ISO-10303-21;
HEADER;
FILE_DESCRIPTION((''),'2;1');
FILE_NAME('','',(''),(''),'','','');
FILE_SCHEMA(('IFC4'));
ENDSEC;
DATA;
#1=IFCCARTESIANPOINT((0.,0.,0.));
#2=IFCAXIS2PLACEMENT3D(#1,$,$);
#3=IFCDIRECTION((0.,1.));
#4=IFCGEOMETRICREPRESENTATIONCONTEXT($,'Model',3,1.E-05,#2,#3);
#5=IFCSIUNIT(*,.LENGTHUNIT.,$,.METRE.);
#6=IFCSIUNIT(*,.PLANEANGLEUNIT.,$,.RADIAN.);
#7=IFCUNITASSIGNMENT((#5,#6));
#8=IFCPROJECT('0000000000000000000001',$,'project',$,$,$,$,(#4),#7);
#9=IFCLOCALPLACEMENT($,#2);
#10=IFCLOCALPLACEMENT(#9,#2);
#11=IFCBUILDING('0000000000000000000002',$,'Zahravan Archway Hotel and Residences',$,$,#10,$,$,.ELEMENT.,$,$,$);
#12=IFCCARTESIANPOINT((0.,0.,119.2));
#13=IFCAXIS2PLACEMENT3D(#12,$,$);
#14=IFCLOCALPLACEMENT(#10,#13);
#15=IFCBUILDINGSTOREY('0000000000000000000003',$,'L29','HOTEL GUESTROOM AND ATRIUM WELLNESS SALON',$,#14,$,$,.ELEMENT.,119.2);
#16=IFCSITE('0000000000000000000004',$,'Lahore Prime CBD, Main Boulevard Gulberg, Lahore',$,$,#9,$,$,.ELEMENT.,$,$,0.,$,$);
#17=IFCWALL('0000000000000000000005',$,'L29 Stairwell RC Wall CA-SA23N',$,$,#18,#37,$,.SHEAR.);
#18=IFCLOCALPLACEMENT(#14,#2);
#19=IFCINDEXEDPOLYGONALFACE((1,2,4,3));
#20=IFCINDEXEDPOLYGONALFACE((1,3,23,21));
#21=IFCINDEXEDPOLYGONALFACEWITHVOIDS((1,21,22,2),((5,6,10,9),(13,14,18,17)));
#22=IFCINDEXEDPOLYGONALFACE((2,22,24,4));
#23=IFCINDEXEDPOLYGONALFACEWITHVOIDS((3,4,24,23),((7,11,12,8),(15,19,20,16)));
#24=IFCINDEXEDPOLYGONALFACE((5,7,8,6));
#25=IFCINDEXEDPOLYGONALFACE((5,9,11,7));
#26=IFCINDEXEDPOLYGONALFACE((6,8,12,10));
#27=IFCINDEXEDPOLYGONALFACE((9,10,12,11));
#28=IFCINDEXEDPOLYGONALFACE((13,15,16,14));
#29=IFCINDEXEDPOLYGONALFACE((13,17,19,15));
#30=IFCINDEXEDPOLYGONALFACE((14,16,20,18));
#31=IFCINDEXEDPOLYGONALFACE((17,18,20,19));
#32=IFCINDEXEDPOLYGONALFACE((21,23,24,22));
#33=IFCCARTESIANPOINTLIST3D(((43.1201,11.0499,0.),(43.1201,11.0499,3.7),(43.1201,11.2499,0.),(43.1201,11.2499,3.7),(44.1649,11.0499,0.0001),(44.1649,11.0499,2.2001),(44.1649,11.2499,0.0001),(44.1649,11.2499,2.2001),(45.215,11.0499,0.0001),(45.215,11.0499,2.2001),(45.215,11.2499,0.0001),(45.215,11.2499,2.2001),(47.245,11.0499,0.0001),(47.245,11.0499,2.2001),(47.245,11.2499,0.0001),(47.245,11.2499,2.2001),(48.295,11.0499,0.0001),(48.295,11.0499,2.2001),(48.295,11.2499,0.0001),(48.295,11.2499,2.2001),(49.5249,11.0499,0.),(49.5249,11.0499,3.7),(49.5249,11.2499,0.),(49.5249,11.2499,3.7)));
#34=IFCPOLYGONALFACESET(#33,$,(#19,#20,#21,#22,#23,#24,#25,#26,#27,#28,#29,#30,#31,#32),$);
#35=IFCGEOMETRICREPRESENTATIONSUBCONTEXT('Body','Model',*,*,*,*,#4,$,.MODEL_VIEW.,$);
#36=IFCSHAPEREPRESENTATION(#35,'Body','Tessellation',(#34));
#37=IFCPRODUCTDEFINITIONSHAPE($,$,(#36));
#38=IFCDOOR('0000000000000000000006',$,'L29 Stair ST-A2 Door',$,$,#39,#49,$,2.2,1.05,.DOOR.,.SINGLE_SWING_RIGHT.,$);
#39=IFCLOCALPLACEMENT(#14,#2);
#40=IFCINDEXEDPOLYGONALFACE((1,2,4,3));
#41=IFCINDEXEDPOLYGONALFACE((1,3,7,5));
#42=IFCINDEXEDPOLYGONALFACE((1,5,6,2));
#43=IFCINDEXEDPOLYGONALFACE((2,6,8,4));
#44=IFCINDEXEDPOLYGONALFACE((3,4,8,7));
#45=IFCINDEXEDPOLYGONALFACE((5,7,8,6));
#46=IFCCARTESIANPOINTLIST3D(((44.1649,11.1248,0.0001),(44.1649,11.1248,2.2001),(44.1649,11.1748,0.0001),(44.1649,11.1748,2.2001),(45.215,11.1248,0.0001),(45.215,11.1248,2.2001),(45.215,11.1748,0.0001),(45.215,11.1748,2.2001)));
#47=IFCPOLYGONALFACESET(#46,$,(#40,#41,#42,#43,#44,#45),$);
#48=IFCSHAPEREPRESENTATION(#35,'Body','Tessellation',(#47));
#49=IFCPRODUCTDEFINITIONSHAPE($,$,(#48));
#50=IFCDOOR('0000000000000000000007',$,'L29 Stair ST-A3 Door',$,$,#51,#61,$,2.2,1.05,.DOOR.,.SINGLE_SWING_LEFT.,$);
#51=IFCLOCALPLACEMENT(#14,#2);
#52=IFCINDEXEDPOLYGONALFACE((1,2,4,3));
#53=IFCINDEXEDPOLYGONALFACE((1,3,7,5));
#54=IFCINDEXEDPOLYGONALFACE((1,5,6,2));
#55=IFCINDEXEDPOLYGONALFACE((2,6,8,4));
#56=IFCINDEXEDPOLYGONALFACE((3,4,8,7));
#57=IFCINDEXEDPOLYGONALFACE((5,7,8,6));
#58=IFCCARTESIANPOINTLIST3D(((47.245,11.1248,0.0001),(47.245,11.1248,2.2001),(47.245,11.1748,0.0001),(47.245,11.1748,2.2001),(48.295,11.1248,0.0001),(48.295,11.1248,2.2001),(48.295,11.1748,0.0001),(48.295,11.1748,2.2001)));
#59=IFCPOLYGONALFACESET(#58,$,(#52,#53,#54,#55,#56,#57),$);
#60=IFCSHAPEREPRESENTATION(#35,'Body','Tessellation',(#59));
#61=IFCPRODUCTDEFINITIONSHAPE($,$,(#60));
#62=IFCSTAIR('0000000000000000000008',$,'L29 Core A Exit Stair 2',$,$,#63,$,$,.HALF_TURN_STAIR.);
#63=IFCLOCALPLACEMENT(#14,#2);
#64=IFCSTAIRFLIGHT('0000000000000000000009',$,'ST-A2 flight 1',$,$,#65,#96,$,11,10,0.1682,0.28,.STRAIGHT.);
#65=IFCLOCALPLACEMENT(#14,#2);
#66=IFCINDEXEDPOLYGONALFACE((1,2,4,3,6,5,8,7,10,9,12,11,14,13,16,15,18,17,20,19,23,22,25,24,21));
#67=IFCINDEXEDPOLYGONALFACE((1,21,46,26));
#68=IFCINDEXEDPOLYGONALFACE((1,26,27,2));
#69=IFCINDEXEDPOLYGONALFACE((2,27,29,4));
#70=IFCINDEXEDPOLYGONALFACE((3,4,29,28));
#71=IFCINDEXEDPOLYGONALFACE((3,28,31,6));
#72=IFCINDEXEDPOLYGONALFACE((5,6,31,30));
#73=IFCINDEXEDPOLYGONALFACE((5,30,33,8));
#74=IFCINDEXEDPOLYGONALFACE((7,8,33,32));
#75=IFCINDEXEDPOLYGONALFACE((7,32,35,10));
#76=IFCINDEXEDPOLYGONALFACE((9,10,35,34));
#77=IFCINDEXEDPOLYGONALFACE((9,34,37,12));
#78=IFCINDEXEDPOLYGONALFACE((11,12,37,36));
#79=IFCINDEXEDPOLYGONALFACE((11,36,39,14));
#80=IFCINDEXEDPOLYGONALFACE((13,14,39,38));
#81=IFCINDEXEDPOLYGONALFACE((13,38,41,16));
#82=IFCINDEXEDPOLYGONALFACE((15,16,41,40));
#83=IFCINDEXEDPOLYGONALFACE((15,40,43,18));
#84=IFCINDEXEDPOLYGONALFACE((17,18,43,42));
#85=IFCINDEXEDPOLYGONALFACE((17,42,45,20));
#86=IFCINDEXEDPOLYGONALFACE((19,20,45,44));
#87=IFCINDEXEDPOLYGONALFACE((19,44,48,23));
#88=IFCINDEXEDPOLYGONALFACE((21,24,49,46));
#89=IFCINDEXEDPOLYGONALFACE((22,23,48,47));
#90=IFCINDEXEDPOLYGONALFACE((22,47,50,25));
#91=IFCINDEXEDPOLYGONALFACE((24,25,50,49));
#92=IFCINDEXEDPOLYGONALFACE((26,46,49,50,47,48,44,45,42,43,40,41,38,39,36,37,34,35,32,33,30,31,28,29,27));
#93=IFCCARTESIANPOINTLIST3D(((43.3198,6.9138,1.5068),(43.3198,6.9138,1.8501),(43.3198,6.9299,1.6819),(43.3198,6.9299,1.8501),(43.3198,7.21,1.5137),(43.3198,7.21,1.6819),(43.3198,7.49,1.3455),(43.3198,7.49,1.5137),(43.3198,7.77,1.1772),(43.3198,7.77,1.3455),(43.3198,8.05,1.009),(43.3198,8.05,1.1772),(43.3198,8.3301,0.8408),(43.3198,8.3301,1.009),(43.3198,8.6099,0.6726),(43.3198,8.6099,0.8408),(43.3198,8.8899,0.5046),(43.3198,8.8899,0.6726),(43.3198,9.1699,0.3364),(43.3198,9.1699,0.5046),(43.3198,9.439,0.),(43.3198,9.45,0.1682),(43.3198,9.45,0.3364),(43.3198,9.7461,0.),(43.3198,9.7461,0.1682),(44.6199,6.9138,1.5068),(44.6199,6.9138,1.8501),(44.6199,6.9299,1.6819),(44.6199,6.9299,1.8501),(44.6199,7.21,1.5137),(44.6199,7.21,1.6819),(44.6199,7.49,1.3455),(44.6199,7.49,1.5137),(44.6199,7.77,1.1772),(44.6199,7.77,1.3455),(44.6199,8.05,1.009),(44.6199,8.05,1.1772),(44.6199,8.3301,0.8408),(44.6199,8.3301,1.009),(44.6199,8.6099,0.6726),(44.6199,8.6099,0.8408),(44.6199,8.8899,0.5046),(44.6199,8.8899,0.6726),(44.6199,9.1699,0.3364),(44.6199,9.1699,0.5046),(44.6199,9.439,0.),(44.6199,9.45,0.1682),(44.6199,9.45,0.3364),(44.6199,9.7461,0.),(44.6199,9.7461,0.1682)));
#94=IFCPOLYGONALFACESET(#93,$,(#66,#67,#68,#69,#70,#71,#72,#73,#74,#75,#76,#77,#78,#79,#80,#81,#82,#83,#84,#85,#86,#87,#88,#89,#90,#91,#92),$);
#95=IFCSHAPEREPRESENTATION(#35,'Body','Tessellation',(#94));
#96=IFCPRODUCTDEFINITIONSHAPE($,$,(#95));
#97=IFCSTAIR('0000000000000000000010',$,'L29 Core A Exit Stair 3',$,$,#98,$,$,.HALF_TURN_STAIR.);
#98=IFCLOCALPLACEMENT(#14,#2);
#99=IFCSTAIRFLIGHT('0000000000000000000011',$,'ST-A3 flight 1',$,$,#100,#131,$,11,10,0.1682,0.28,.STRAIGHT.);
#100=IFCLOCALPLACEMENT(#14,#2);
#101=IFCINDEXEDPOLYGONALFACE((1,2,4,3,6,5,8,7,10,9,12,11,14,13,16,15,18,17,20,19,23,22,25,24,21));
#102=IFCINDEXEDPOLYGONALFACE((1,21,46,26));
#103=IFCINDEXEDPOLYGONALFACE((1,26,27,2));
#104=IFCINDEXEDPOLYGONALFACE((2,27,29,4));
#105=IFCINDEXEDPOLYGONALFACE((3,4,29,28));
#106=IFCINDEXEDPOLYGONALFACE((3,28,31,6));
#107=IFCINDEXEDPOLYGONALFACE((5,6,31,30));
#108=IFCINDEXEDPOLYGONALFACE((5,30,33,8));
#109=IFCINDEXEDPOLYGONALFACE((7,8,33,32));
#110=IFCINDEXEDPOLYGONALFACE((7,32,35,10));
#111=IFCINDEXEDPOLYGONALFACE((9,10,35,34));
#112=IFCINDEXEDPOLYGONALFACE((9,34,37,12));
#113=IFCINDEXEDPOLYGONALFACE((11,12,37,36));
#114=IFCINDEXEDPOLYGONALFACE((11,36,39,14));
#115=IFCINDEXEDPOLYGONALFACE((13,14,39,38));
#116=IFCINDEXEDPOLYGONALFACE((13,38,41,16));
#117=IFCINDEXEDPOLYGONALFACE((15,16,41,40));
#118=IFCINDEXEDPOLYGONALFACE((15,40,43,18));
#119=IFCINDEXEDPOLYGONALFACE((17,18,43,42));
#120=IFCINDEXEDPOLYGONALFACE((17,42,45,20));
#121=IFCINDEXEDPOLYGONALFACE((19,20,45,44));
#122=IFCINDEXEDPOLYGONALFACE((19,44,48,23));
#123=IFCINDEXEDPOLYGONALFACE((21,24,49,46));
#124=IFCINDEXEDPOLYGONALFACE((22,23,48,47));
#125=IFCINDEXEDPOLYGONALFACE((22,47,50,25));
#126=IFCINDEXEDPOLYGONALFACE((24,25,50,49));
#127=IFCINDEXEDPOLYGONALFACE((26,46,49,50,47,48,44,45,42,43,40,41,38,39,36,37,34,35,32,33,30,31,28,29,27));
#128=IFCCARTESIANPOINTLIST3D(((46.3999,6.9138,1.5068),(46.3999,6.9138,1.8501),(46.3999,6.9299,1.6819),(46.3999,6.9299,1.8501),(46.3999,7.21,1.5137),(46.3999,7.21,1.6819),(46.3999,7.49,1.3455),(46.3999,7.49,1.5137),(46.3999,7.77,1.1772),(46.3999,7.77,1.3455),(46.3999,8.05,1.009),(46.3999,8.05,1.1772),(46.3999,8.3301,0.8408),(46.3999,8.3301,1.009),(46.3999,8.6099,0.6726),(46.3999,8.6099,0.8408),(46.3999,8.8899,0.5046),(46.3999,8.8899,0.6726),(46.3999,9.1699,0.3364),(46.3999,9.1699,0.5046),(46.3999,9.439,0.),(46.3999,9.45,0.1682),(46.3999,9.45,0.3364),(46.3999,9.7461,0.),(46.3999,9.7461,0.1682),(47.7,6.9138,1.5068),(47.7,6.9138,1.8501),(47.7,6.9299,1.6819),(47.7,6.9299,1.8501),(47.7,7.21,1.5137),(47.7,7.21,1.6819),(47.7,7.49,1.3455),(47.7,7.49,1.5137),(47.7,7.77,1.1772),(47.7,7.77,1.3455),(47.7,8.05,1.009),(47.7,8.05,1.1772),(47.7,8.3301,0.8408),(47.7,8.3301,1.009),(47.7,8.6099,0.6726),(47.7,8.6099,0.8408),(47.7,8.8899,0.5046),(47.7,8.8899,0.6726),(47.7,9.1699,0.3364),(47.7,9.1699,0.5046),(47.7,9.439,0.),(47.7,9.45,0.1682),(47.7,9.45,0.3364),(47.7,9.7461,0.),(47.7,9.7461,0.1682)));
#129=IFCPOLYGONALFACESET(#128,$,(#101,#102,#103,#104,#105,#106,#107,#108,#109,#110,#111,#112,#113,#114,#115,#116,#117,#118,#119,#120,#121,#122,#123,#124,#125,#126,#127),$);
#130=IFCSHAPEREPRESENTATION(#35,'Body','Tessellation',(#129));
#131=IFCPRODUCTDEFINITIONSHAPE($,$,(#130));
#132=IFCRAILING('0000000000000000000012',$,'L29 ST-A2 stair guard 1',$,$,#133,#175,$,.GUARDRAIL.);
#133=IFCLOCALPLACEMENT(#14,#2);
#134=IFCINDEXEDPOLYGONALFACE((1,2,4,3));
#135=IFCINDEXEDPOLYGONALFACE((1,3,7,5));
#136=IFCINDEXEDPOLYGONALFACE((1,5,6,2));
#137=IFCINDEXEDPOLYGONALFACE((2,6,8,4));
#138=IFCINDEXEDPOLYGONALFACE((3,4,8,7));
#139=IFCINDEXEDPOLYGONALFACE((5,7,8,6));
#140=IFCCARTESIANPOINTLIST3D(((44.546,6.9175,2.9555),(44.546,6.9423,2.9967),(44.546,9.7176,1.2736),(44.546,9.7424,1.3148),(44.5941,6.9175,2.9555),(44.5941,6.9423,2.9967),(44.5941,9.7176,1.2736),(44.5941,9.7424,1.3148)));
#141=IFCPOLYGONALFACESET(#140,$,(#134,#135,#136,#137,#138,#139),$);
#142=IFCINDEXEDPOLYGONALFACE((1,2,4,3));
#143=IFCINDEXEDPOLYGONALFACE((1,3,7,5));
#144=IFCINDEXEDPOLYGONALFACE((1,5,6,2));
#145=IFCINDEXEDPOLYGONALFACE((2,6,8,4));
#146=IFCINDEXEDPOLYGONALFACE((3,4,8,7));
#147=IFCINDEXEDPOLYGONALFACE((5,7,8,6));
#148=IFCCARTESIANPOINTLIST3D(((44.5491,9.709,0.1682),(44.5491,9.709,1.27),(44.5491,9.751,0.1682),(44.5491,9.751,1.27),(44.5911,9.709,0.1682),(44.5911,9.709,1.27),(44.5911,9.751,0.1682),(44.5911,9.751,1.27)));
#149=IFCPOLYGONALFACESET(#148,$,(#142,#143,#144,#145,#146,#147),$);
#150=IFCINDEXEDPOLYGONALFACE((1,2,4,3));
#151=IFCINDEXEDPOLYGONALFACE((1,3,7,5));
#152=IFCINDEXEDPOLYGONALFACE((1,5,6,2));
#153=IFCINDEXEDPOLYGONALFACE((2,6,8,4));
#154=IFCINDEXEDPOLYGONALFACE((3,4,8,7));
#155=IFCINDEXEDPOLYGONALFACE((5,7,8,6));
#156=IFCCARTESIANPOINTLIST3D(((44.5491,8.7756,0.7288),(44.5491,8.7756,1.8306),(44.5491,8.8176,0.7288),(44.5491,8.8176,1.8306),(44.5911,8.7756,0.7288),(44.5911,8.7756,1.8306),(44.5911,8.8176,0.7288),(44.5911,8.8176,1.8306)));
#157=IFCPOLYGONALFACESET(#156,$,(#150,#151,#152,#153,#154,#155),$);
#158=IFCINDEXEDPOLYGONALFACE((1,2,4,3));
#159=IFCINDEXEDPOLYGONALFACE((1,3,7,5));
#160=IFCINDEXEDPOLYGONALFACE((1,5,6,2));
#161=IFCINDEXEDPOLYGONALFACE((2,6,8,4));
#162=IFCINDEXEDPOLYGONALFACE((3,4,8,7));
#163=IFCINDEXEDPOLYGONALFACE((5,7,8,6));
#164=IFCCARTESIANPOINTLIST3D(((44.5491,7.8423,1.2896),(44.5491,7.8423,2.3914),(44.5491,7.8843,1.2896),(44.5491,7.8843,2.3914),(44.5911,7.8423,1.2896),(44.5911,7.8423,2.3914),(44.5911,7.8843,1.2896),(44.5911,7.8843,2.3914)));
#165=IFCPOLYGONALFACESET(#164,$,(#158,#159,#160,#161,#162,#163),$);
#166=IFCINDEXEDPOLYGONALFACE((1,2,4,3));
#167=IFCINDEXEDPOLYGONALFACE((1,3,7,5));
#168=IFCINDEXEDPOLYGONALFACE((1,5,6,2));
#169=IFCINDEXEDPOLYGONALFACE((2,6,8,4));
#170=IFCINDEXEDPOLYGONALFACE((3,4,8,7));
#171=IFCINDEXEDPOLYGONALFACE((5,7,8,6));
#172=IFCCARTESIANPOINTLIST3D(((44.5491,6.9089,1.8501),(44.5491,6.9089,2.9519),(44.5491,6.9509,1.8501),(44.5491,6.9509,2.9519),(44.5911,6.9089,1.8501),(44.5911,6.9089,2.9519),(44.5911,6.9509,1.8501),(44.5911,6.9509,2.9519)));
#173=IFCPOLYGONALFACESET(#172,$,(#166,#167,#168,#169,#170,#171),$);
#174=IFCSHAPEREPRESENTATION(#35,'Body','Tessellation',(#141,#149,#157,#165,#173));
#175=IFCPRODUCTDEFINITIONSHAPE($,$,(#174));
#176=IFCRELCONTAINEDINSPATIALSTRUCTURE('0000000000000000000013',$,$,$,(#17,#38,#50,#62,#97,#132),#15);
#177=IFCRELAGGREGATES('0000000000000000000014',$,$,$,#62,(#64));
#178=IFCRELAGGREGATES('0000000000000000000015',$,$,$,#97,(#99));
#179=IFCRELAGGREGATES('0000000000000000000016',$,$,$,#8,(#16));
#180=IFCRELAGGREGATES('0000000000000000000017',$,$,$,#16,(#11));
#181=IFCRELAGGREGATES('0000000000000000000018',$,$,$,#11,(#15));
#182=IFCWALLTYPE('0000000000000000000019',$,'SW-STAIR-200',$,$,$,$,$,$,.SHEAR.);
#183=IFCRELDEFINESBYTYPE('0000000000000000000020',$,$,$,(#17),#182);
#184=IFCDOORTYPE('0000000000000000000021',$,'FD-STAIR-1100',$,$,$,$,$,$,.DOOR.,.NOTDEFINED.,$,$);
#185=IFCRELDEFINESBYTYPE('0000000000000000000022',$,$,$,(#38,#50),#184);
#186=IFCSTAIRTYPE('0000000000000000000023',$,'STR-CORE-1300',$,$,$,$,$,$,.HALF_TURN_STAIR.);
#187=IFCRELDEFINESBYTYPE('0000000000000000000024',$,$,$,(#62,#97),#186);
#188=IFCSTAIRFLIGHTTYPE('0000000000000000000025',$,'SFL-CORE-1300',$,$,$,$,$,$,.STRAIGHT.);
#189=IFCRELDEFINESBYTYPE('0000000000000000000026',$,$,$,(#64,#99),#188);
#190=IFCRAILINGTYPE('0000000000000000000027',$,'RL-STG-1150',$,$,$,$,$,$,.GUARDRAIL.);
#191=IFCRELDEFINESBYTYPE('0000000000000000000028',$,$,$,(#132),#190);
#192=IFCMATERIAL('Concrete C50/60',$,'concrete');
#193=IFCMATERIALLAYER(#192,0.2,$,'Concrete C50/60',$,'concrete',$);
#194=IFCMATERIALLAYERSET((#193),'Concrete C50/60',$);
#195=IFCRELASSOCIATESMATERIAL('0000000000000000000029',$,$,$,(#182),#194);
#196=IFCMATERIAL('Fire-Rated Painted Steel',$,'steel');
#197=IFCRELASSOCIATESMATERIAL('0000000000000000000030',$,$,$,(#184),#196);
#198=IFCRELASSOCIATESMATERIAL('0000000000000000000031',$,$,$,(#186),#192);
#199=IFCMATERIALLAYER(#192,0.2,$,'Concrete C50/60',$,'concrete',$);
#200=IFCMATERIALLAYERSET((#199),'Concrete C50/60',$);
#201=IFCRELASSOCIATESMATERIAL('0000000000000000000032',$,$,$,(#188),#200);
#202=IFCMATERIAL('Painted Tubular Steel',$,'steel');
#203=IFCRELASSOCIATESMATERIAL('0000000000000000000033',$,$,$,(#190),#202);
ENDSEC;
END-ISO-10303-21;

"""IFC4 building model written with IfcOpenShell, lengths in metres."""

from ifc_helpers import new_model, si_unit, direction, frame, frame_2d, origin, origin_2d, place, context, subcontext, project, spatial, polyline, rectangle, outline, extrude, source, transform, mapped, material, layer, layer_set, type_object, type_shapes, element, fill, aggregate, save


model = new_model("IFC4")

# Units and contexts
model_context = context("Model", 3, precision=1e-05, world=origin(), true_north=direction((0.0, 1.0)))
body_context = subcontext(model_context, "Body", "Model", "MODEL_VIEW")
ifc_project = project(units=[si_unit("LENGTHUNIT", "METRE"), si_unit("PLANEANGLEUNIT", "RADIAN")], contexts=[model_context])

# Site, building, storey
site_placement = place(None, origin())
site = spatial("IfcSite", under=ifc_project, at=site_placement, Name="Lahore Prime CBD, Main Boulevard Gulberg, Lahore", CompositionType="ELEMENT", RefElevation=0.0)
building_placement = place(site_placement, origin())
building = spatial("IfcBuilding", under=site, at=building_placement, Name="Zahravan Archway Hotel and Residences", CompositionType="ELEMENT")
storey_placement = place(building_placement, frame((0.0, 0.0, 119.2)))
storey = spatial("IfcBuildingStorey", under=building, at=storey_placement, Name="L29", Description="HOTEL GUESTROOM AND ATRIUM WELLNESS SALON", CompositionType="ELEMENT", Elevation=119.2)

# Shared definitions
ifc_material_1 = material(Name="Fire-Rated Painted Steel", Category="steel")

# Wall, openings, doors
ifc_material_2 = material(Name="Concrete C50/60", Category="concrete")
ifc_layer_1 = layer(ifc_material_2, 0.2, Name="Concrete C50/60", Category="concrete")
ifc_layer_set_1 = layer_set([ifc_layer_1], Name="Concrete C50/60")
wall_type_1 = type_object("IfcWallType", Name="SW-STAIR-200", PredefinedType="SHEAR", material=ifc_layer_set_1)
wall_1_placement = place(storey_placement, frame((43.1201, 11.1499, 0.0), z_axis=(0.0, 0.0, 1.0), x_axis=(1.0, 0.0, 0.0)))
wall_1 = element("IfcWall", 1, at=wall_1_placement, inside=storey, type_object=wall_type_1, Name="L29 Stairwell RC Wall CA-SA23N", PredefinedType="SHEAR", context=body_context, shape_type="SweptSolid", body=[
    extrude(rectangle(XDim=6.4048, YDim=0.2, at=frame_2d((3.2024, 0.0))), origin(), (0.0, 0.0, 1.0), 3.7),
])
opening_1_placement = place(wall_1_placement, frame((1.0449, 0.0, 0.0)))
opening_1 = element("IfcOpeningElement", 2, at=opening_1_placement, cuts=wall_1, PredefinedType="OPENING", context=body_context, shape_type="SweptSolid", body=[
    extrude(rectangle(XDim=1.05, YDim=2.2, at=frame_2d((0.5249, 1.1001))), frame((0.0, 0.1099, 0.0), z_axis=(0.0, -1.0, 0.0), x_axis=(1.0, 0.0, 0.0)), (0.0, 0.0, 1.0), 0.22),
])
opening_2_placement = place(wall_1_placement, frame((4.125, 0.0, 0.0)))
opening_2 = element("IfcOpeningElement", 3, at=opening_2_placement, cuts=wall_1, PredefinedType="OPENING", context=body_context, shape_type="SweptSolid", body=[
    extrude(rectangle(XDim=1.05, YDim=2.2, at=frame_2d((0.5249, 1.1001))), frame((0.0, 0.1099, 0.0), z_axis=(0.0, -1.0, 0.0), x_axis=(1.0, 0.0, 0.0)), (0.0, 0.0, 1.0), 0.22),
])
door_type_1 = type_object("IfcDoorType", Name="FD-STAIR-1100", OperationType="NOTDEFINED", PredefinedType="DOOR", material=ifc_material_1)
shared_shape_1 = source(origin(), body_context, "Body", "SweptSolid", [
    extrude(rectangle(XDim=1.05, YDim=2.2, at=frame_2d((0.5249, 1.1001))), frame((0.0, 0.0249, 0.0), z_axis=(0.0, -1.0, 0.0), x_axis=(1.0, 0.0, 0.0)), (0.0, 0.0, 1.0), 0.05),
])
type_shapes(door_type_1, [shared_shape_1])
door_1_placement = place(opening_1_placement, origin())
door_1 = element("IfcDoor", 4, at=door_1_placement, inside=storey, type_object=door_type_1, Name="L29 Stair ST-A2 Door", OperationType="SINGLE_SWING_RIGHT", OverallHeight=2.2, OverallWidth=1.05, PredefinedType="DOOR", context=body_context, shape_type="MappedRepresentation", body=[
    mapped(shared_shape_1, transform((0.0, 0.0, 0.0), scale=1.0)),
])
fill(opening_1, door_1)
door_2_placement = place(opening_2_placement, origin())
door_2 = element("IfcDoor", 5, at=door_2_placement, inside=storey, type_object=door_type_1, Name="L29 Stair ST-A3 Door", OperationType="SINGLE_SWING_LEFT", OverallHeight=2.2, OverallWidth=1.05, PredefinedType="DOOR", context=body_context, shape_type="MappedRepresentation", body=[
    mapped(shared_shape_1, transform((0.0, 0.0, 0.0), scale=1.0)),
])
fill(opening_2, door_2)

# Stairs, stair flights
stair_type = type_object("IfcStairType", Name="STR-CORE-1300", PredefinedType="HALF_TURN_STAIR", material=ifc_material_2)
stair_1_placement = place(storey_placement, origin())
stair_1 = element("IfcStair", 6, at=stair_1_placement, inside=storey, type_object=stair_type, Name="L29 Core A Exit Stair 2", PredefinedType="HALF_TURN_STAIR")
ifc_layer_2 = layer(ifc_material_2, 0.2, Name="Concrete C50/60", Category="concrete")
ifc_layer_set_2 = layer_set([ifc_layer_2], Name="Concrete C50/60")
stair_flight_type = type_object("IfcStairFlightType", Name="SFL-CORE-1300", PredefinedType="STRAIGHT", material=ifc_layer_set_2)
shared_shape_2 = source(origin(), body_context, "Body", "SweptSolid", [
    extrude(outline(polyline([(-0.0161, 0.0), (-0.0161, 0.1682), (0.28, 0.1682), (0.28, 0.3364), (0.5601, 0.3364), (0.5601, 0.5046), (0.8401, 0.5046), (0.8401, 0.6726), (1.1201, 0.6726), (1.1201, 0.8408), (1.3999, 0.8408), (1.3999, 1.009), (1.6799, 1.009), (1.6799, 1.1772), (1.96, 1.1772), (1.96, 1.3455), (2.24, 1.3455), (2.24, 1.5137), (2.52, 1.5137), (2.52, 1.6819), (2.8, 1.6819), (2.8, 1.8501), (2.8162, 1.8501), (2.8162, 1.5068), (0.291, 0.0), (-0.0161, 0.0)])), frame((0.0, 0.6499, 0.0), z_axis=(0.0, -1.0, 0.0), x_axis=(1.0, 0.0, 0.0)), (0.0, 0.0, 1.0), 1.3),
])
stair_flight_1_placement = place(storey_placement, frame((43.97, 9.73, 0.0), z_axis=(0.0, 0.0, 1.0), x_axis=(0.0, -1.0, 0.0)))
stair_flight_1 = element("IfcStairFlight", 7, at=stair_flight_1_placement, type_object=stair_flight_type, Name="ST-A2 flight 1", NumberOfRisers=11, NumberOfTreads=10, PredefinedType="STRAIGHT", RiserHeight=0.1682, TreadLength=0.28, context=body_context, shape_type="MappedRepresentation", body=[
    mapped(shared_shape_2, transform((0.0, 0.0, 0.0), scale=1.0)),
])
aggregate(stair_1, [stair_flight_1])
stair_2_placement = place(storey_placement, origin())
stair_2 = element("IfcStair", 8, at=stair_2_placement, inside=storey, type_object=stair_type, Name="L29 Core A Exit Stair 3", PredefinedType="HALF_TURN_STAIR")
stair_flight_2_placement = place(storey_placement, frame((47.05, 9.73, 0.0), z_axis=(0.0, 0.0, 1.0), x_axis=(0.0, -1.0, 0.0)))
stair_flight_2 = element("IfcStairFlight", 9, at=stair_flight_2_placement, type_object=stair_flight_type, Name="ST-A3 flight 1", NumberOfRisers=11, NumberOfTreads=10, PredefinedType="STRAIGHT", RiserHeight=0.1682, TreadLength=0.28, context=body_context, shape_type="MappedRepresentation", body=[
    mapped(shared_shape_2, transform((0.0, 0.0, 0.0), scale=1.0)),
])
aggregate(stair_2, [stair_flight_2])

# Railing
ifc_material_3 = material(Name="Painted Tubular Steel", Category="steel")
railing_type_1 = type_object("IfcRailingType", Name="RL-STG-1150", PredefinedType="GUARDRAIL", material=ifc_material_3)
railing_1_placement = place(storey_placement, frame((44.5701, 9.73, 0.1682)))
element("IfcRailing", 10, at=railing_1_placement, inside=storey, type_object=railing_type_1, Name="L29 ST-A2 stair guard 1", PredefinedType="GUARDRAIL", context=body_context, shape_type="SweptSolid", body=[
    extrude(rectangle(XDim=0.0481, YDim=0.0481, at=origin_2d()), frame((0.0, 0.0, 1.126), z_axis=(0.0, -0.857242, 0.514913), x_axis=(1.0, 0.0, 0.0)), (0.0, 0.0, 1.0), 3.2664),
    extrude(rectangle(XDim=0.042, YDim=0.042, at=origin_2d()), origin(), (0.0, 0.0, 1.0), 1.1018),
    extrude(rectangle(XDim=0.042, YDim=0.042, at=origin_2d()), frame((0.0, -0.9333, 0.5605)), (0.0, 0.0, 1.0), 1.1018),
    extrude(rectangle(XDim=0.042, YDim=0.042, at=origin_2d()), frame((0.0, -1.8667, 1.1213)), (0.0, 0.0, 1.0), 1.1018),
    extrude(rectangle(XDim=0.042, YDim=0.042, at=origin_2d()), frame((0.0, -2.8, 1.6819)), (0.0, 0.0, 1.0), 1.1018),
])

save(model, "model.ifc")
